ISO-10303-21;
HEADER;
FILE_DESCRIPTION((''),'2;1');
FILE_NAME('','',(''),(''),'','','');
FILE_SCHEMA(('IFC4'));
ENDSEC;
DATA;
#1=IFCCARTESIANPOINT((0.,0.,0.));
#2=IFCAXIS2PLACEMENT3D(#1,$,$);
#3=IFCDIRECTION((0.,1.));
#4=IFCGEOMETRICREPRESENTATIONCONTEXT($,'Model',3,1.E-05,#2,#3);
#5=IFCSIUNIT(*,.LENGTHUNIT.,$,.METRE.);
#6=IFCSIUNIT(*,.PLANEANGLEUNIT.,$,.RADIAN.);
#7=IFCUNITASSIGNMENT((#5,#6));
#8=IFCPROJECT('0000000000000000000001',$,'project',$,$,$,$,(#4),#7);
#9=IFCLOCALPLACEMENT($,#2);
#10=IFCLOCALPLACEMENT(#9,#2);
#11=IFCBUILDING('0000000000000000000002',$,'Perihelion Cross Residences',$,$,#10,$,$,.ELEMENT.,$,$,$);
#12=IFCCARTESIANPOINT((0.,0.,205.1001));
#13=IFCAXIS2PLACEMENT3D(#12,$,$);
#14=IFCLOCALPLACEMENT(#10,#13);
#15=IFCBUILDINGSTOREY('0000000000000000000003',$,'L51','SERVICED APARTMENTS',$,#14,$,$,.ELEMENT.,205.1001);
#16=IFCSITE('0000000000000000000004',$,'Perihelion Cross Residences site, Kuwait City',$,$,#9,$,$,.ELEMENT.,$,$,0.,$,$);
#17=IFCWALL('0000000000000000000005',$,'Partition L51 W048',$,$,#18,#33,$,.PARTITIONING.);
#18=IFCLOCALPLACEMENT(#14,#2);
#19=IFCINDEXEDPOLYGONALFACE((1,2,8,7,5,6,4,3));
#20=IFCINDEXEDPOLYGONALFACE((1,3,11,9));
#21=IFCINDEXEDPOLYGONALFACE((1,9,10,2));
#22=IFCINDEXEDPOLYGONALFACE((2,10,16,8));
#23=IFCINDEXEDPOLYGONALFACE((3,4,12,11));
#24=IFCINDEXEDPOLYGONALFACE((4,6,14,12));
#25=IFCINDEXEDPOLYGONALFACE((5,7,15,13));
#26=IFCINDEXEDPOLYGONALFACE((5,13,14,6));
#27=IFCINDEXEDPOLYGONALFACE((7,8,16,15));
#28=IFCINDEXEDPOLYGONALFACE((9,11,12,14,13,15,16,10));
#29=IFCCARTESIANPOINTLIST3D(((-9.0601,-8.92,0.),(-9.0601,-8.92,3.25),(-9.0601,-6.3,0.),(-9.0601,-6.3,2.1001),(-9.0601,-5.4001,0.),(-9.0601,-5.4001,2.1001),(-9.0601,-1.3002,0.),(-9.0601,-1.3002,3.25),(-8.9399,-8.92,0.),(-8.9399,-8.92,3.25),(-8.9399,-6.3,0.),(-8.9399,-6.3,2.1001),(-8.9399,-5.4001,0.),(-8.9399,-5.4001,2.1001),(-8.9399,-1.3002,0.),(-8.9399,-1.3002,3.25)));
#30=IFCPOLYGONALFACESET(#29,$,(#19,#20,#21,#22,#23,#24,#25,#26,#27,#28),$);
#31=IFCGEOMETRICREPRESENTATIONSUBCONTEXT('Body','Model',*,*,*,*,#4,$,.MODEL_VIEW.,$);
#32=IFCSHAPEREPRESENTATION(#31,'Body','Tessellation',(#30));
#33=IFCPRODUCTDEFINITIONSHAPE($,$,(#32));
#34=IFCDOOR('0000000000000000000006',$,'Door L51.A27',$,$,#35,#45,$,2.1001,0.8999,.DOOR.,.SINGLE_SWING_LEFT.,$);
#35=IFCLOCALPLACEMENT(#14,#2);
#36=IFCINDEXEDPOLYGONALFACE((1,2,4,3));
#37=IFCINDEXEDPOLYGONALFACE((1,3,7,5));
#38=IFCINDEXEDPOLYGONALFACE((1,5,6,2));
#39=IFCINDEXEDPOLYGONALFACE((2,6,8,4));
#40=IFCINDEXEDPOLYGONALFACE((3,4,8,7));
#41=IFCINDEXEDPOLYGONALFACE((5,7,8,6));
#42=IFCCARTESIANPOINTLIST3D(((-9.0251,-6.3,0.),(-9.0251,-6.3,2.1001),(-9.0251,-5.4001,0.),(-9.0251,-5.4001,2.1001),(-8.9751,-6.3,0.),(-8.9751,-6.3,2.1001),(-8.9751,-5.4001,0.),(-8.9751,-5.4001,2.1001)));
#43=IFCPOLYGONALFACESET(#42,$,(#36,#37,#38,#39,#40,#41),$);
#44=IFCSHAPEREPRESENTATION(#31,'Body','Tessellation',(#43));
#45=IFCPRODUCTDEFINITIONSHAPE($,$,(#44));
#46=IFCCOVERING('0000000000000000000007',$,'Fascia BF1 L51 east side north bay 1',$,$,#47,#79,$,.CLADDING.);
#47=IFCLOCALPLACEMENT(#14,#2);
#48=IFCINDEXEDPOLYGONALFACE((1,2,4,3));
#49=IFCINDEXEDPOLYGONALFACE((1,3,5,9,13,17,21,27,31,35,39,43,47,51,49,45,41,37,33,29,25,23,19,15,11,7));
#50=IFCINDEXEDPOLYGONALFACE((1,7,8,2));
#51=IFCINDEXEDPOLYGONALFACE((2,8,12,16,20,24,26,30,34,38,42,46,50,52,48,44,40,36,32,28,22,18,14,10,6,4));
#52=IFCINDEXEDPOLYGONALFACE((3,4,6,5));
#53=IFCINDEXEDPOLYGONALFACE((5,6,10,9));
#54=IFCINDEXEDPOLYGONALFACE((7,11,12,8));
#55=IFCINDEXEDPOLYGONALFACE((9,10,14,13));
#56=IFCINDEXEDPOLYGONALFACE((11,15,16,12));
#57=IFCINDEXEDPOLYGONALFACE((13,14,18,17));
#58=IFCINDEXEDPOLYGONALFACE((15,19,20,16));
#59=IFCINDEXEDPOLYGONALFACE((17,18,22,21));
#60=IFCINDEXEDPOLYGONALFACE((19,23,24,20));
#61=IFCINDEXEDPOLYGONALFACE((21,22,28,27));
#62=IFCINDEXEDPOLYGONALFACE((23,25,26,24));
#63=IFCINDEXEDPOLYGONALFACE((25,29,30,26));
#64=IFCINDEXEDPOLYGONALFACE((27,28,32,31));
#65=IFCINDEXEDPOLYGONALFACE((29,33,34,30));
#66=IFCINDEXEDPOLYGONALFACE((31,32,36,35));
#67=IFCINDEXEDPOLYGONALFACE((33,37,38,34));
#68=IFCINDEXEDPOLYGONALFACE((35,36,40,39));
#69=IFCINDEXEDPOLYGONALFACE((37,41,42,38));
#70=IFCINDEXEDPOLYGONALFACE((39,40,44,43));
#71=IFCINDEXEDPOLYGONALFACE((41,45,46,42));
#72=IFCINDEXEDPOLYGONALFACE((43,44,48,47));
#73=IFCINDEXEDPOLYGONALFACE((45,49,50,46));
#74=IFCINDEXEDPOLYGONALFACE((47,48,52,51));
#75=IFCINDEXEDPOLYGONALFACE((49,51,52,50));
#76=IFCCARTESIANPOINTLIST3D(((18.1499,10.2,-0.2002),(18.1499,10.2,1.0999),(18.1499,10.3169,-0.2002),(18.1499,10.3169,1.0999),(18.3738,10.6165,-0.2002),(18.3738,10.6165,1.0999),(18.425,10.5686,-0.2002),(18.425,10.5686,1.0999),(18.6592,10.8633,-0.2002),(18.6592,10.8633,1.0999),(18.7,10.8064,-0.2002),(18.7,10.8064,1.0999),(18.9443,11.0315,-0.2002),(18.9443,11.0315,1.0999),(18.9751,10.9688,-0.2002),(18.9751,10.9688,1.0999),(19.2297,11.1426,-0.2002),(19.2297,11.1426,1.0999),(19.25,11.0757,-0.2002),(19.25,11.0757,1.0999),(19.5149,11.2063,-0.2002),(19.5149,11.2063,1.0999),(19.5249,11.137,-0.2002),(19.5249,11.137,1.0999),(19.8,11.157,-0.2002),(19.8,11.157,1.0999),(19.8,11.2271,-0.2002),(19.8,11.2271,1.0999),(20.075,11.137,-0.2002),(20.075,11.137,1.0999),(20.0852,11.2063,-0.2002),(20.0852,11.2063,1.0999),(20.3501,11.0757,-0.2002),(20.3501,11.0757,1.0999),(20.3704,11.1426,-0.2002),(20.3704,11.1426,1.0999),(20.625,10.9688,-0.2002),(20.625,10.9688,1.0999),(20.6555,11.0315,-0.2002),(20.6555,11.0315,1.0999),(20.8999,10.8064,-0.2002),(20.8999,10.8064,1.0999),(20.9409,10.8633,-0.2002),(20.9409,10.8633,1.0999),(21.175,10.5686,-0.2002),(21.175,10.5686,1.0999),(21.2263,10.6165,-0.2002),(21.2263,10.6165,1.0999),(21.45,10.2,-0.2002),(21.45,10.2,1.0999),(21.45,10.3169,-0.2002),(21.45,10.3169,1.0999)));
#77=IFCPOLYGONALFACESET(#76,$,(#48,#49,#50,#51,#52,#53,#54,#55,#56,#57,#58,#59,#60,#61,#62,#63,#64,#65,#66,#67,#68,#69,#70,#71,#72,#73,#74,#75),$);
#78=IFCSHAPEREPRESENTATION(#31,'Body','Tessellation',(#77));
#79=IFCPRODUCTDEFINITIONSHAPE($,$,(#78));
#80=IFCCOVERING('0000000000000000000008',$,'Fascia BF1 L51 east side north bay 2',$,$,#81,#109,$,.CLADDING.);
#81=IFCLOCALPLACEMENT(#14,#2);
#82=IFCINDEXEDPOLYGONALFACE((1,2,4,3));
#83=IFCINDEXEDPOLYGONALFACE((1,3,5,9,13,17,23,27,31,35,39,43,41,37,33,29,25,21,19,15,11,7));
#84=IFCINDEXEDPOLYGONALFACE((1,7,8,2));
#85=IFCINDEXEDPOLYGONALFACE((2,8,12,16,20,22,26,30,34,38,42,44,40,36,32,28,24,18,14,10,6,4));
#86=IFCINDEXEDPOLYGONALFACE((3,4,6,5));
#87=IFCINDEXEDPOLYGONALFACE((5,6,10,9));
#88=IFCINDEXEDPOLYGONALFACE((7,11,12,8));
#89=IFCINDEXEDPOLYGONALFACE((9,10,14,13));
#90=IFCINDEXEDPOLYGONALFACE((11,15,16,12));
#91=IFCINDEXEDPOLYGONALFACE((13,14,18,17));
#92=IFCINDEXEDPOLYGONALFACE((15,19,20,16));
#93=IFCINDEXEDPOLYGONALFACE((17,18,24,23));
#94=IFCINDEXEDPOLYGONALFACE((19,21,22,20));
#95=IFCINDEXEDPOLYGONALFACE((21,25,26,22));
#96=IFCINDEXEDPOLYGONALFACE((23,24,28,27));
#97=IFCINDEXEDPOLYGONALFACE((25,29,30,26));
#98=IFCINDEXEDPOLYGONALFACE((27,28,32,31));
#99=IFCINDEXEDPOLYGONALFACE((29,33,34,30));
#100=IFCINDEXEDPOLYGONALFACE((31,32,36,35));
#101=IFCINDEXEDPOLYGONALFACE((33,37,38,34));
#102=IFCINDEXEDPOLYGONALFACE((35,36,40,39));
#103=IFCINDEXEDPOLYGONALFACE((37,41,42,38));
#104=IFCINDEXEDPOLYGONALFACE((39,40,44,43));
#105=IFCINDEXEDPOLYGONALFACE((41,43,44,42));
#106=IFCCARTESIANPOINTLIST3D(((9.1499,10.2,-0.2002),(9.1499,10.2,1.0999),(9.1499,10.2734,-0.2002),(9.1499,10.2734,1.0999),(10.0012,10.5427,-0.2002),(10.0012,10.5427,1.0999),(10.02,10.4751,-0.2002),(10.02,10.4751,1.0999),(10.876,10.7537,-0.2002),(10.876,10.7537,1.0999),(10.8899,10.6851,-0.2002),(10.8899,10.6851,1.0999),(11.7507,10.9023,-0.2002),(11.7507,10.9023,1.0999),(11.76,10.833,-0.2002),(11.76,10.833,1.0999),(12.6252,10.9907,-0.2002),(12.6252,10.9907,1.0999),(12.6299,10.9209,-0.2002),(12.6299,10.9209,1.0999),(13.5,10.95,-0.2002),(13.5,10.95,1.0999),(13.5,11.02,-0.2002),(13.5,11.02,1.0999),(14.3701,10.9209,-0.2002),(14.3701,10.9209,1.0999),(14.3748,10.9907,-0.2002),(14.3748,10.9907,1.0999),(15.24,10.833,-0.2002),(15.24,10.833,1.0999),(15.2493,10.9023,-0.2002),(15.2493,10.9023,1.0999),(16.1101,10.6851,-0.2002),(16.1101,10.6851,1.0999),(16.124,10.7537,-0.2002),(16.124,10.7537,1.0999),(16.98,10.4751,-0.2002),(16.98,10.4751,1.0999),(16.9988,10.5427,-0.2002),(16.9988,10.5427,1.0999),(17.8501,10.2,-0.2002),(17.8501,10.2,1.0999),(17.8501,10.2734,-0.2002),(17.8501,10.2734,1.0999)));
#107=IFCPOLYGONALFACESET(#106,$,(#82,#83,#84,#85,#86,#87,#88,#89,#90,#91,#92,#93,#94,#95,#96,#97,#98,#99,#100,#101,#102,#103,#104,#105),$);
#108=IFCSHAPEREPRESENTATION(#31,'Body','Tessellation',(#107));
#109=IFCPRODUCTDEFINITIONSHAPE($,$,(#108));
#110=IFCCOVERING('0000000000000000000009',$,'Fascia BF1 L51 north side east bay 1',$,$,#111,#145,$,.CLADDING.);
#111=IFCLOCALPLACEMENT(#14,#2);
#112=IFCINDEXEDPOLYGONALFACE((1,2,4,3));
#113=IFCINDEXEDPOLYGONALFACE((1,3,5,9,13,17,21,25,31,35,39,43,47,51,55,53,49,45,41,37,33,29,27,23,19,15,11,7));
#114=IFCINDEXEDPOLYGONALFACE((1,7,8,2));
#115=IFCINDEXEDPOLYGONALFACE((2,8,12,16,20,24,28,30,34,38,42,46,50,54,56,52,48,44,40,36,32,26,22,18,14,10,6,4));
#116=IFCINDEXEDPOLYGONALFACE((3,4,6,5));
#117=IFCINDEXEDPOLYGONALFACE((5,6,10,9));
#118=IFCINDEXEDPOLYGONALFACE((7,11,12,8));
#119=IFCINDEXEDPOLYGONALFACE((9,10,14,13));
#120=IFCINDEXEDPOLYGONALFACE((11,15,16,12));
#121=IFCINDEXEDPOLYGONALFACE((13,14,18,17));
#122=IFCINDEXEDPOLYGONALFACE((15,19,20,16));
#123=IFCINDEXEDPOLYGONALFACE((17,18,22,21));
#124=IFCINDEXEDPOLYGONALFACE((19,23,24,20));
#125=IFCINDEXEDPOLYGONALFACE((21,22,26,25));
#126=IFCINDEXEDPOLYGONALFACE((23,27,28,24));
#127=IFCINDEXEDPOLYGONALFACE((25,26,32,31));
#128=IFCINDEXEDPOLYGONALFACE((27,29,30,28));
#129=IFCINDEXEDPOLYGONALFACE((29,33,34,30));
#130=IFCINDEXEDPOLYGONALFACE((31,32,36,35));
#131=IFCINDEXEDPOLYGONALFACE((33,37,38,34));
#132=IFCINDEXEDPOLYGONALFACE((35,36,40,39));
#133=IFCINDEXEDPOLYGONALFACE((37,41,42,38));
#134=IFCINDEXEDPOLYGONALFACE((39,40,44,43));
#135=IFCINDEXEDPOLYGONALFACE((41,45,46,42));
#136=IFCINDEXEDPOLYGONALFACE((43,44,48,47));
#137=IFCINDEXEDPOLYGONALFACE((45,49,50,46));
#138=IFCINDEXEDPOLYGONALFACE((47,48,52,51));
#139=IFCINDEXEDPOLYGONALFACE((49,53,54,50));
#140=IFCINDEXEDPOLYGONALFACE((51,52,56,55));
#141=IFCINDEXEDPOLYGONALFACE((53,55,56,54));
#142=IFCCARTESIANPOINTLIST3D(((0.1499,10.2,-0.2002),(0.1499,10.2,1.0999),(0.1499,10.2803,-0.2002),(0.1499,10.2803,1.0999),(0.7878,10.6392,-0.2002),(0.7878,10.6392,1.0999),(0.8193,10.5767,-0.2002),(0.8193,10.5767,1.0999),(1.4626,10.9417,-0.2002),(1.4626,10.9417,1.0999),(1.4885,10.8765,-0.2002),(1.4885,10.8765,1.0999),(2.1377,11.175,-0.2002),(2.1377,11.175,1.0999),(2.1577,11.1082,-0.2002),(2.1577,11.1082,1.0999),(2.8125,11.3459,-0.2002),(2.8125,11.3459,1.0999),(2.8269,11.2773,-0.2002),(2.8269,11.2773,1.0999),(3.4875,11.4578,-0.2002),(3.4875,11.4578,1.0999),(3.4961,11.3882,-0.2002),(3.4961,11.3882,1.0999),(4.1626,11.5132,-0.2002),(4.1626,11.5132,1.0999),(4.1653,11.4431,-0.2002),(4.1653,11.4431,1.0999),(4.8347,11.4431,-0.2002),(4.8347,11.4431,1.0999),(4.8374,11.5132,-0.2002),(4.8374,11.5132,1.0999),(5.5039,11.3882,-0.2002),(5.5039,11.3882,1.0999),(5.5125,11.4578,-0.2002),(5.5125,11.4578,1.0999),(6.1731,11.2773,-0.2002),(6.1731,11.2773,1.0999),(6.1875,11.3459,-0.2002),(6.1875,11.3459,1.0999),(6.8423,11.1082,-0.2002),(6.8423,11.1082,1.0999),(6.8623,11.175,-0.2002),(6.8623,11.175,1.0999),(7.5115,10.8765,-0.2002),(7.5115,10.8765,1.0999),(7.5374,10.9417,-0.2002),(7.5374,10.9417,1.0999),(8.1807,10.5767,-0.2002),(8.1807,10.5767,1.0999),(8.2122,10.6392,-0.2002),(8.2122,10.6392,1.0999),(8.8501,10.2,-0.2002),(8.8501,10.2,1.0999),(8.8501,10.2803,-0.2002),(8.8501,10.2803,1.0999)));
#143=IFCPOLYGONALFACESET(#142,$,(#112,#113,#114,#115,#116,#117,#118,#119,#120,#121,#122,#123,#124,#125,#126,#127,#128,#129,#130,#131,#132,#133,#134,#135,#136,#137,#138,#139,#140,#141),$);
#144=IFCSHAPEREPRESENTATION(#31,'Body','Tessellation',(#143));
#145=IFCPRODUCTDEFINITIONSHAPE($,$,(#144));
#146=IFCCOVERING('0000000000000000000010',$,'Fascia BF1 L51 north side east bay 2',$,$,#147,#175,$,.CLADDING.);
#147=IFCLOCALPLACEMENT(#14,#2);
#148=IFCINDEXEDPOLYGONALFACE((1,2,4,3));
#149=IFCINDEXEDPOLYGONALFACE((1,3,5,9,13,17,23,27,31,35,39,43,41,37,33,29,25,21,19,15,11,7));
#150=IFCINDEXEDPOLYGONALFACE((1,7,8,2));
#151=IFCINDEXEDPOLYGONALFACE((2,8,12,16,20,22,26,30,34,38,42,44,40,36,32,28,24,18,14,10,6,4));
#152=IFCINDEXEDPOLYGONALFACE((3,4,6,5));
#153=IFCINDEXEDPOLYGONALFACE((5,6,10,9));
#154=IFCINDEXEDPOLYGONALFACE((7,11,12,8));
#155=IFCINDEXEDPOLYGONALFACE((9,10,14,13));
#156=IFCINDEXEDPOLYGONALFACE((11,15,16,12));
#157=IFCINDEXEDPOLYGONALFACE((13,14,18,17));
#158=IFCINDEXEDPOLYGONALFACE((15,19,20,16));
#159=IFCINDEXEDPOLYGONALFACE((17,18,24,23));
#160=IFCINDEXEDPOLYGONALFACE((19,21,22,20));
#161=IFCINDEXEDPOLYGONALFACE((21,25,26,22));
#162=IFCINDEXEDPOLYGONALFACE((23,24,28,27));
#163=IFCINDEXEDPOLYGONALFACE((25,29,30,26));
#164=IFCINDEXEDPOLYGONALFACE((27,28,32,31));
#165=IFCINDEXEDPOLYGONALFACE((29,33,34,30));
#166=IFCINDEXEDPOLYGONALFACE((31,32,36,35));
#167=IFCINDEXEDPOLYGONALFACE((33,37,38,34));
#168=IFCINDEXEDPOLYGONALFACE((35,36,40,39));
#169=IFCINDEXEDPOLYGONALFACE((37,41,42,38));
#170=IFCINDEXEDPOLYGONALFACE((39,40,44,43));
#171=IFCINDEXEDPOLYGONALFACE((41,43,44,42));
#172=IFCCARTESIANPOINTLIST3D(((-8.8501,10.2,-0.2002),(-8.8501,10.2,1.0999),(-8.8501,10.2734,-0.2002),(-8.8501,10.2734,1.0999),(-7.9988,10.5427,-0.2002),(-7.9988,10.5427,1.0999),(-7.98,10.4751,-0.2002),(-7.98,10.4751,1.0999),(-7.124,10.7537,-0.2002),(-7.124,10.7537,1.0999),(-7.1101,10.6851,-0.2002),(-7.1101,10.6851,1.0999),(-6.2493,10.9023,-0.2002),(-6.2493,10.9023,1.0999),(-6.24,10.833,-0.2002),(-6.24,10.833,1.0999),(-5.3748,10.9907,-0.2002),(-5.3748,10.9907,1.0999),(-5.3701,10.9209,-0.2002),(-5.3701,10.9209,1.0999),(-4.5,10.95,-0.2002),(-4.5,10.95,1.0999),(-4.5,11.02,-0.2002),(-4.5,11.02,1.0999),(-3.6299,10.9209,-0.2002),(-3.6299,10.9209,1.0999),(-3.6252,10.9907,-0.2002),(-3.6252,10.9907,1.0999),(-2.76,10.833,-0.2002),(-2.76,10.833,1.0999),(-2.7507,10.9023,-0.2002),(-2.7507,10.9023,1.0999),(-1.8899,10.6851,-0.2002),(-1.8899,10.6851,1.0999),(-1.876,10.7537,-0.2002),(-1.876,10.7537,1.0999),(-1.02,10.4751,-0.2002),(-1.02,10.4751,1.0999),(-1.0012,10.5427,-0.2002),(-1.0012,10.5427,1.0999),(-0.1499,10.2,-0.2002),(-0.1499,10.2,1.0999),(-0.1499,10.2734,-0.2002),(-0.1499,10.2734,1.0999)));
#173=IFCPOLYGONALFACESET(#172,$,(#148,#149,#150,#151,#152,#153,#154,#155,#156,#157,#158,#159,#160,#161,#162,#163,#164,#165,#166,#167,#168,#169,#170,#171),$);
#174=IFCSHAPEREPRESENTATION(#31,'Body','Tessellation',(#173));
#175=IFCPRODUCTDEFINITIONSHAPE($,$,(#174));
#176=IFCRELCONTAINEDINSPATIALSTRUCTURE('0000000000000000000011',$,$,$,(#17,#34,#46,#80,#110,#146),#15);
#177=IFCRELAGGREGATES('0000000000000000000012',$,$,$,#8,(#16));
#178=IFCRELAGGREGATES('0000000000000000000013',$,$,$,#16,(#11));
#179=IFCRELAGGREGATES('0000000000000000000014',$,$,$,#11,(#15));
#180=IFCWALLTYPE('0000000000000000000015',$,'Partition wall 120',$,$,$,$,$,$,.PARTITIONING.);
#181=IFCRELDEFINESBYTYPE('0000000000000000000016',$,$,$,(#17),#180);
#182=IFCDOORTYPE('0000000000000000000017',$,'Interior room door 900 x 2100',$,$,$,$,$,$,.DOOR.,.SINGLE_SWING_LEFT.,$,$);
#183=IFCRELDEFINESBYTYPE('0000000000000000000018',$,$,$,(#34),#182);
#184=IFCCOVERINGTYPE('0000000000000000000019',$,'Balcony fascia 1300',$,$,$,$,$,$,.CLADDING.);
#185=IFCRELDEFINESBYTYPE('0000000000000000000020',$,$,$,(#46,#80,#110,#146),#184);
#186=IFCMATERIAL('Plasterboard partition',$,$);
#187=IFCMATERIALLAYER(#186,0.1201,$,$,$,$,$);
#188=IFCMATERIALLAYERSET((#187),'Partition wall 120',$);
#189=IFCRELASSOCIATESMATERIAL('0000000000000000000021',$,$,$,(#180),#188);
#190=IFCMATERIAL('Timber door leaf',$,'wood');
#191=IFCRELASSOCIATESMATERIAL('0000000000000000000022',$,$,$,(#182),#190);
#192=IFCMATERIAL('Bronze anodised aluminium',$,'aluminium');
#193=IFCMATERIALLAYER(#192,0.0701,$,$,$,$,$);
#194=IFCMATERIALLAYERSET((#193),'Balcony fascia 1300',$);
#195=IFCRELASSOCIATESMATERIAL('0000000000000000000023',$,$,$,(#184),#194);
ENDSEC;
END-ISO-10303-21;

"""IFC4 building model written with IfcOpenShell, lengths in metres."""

from ifc_helpers import new_model, si_unit, direction, frame, frame_2d, origin, place, context, subcontext, project, spatial, polyline, rectangle, outline, extrude, material, layer, layer_set, type_object, element, fill, save


model = new_model("IFC4")

# Units and contexts
model_context = context("Model", 3, precision=1e-05, world=origin(), true_north=direction((0.0, 1.0)))
body_context = subcontext(model_context, "Body", "Model", "MODEL_VIEW")
ifc_project = project(units=[si_unit("LENGTHUNIT", "METRE"), si_unit("PLANEANGLEUNIT", "RADIAN")], contexts=[model_context])

# Site, building, storey
site_placement = place(None, origin())
site = spatial("IfcSite", under=ifc_project, at=site_placement, Name="Perihelion Cross Residences site, Kuwait City", CompositionType="ELEMENT", RefElevation=0.0)
building_placement = place(site_placement, origin())
building = spatial("IfcBuilding", under=site, at=building_placement, Name="Perihelion Cross Residences", CompositionType="ELEMENT")
storey_placement = place(building_placement, frame((0.0, 0.0, 205.1001)))
storey = spatial("IfcBuildingStorey", under=building, at=storey_placement, Name="L51", Description="SERVICED APARTMENTS", CompositionType="ELEMENT", Elevation=205.1001)

# Wall, opening, door
ifc_material_1 = material(Name="Plasterboard partition")
ifc_layer_1 = layer(ifc_material_1, 0.1201)
ifc_layer_set_1 = layer_set([ifc_layer_1], Name="Partition wall 120")
wall_type_1 = type_object("IfcWallType", Name="Partition wall 120", PredefinedType="PARTITIONING", material=ifc_layer_set_1)
wall_1_placement = place(storey_placement, frame((-9.0, -1.3, 0.0), z_axis=(0.0, 0.0, 1.0), x_axis=(0.0, -1.0, 0.0)))
wall_1 = element("IfcWall", 1, at=wall_1_placement, inside=storey, type_object=wall_type_1, Name="Partition L51 W048", PredefinedType="PARTITIONING", context=body_context, shape_type="SweptSolid", body=[
    extrude(rectangle(XDim=7.6199, YDim=0.1201, at=frame_2d((3.8101, 0.0))), origin(), (0.0, 0.0, 1.0), 3.25),
])
opening_1_placement = place(wall_1_placement, frame((4.1001, 0.0, 0.0)))
opening_1 = element("IfcOpeningElement", 2, at=opening_1_placement, cuts=wall_1, PredefinedType="OPENING", context=body_context, shape_type="SweptSolid", body=[
    extrude(rectangle(XDim=0.8999, YDim=2.1001, at=frame_2d((0.45, 1.05))), frame((0.0, 0.0701, 0.0), z_axis=(0.0, -1.0, 0.0), x_axis=(1.0, 0.0, 0.0)), (0.0, 0.0, 1.0), 0.1401),
])
ifc_material_2 = material(Name="Timber door leaf", Category="wood")
door_type_1 = type_object("IfcDoorType", Name="Interior room door 900 x 2100", OperationType="SINGLE_SWING_LEFT", PredefinedType="DOOR", material=ifc_material_2)
door_1_placement = place(opening_1_placement, origin())
door_1 = element("IfcDoor", 3, at=door_1_placement, inside=storey, type_object=door_type_1, Name="Door L51.A27", OperationType="SINGLE_SWING_LEFT", OverallHeight=2.1001, OverallWidth=0.8999, PredefinedType="DOOR", context=body_context, shape_type="SweptSolid", body=[
    extrude(rectangle(XDim=0.8999, YDim=2.1001, at=frame_2d((0.45, 1.05))), frame((0.0, 0.0249, 0.0), z_axis=(0.0, -1.0, 0.0), x_axis=(1.0, 0.0, 0.0)), (0.0, 0.0, 1.0), 0.05),
])
fill(opening_1, door_1)

# Coverings
ifc_material_3 = material(Name="Bronze anodised aluminium", Category="aluminium")
ifc_layer_2 = layer(ifc_material_3, 0.0701)
ifc_layer_set_2 = layer_set([ifc_layer_2], Name="Balcony fascia 1300")
covering_type = type_object("IfcCoveringType", Name="Balcony fascia 1300", PredefinedType="CLADDING", material=ifc_layer_set_2)
covering_1_placement = place(storey_placement, frame((0.0, 0.0, -0.2002)))
element("IfcCovering", 4, at=covering_1_placement, inside=storey, type_object=covering_type, Name="Fascia BF1 L51 east side north bay 1", PredefinedType="CLADDING", context=body_context, shape_type="SweptSolid", body=[
    extrude(outline(polyline([(21.2263, 10.6165), (20.9409, 10.8633), (20.6555, 11.0315), (20.3704, 11.1426), (20.0852, 11.2063), (19.8, 11.2271), (19.5149, 11.2063), (19.2297, 11.1426), (18.9443, 11.0315), (18.6592, 10.8633), (18.3738, 10.6165), (18.1499, 10.3169), (18.1499, 10.2), (18.425, 10.5686), (18.7, 10.8064), (18.9751, 10.9688), (19.25, 11.0757), (19.5249, 11.137), (19.8, 11.157), (20.075, 11.137), (20.3501, 11.0757), (20.625, 10.9688), (20.8999, 10.8064), (21.175, 10.5686), (21.45, 10.2), (21.45, 10.3169), (21.2263, 10.6165)])), origin(), (0.0, 0.0, 1.0), 1.3),
])
covering_2_placement = place(storey_placement, frame((0.0, 0.0, -0.2002)))
element("IfcCovering", 5, at=covering_2_placement, inside=storey, type_object=covering_type, Name="Fascia BF1 L51 east side north bay 2", PredefinedType="CLADDING", context=body_context, shape_type="SweptSolid", body=[
    extrude(outline(polyline([(16.9988, 10.5427), (16.124, 10.7537), (15.2493, 10.9023), (14.3748, 10.9907), (13.5, 11.02), (12.6252, 10.9907), (11.7507, 10.9023), (10.876, 10.7537), (10.0012, 10.5427), (9.1499, 10.2734), (9.1499, 10.2), (10.02, 10.4751), (10.8899, 10.6851), (11.76, 10.833), (12.6299, 10.9209), (13.5, 10.95), (14.3701, 10.9209), (15.24, 10.833), (16.1101, 10.6851), (16.98, 10.4751), (17.8501, 10.2), (17.8501, 10.2734), (16.9988, 10.5427)])), origin(), (0.0, 0.0, 1.0), 1.3),
])
covering_3_placement = place(storey_placement, frame((0.0, 0.0, -0.2002)))
element("IfcCovering", 6, at=covering_3_placement, inside=storey, type_object=covering_type, Name="Fascia BF1 L51 north side east bay 1", PredefinedType="CLADDING", context=body_context, shape_type="SweptSolid", body=[
    extrude(outline(polyline([(8.2122, 10.6392), (7.5374, 10.9417), (6.8623, 11.175), (6.1875, 11.3459), (5.5125, 11.4578), (4.8374, 11.5132), (4.1626, 11.5132), (3.4875, 11.4578), (2.8125, 11.3459), (2.1377, 11.175), (1.4626, 10.9417), (0.7878, 10.6392), (0.1499, 10.2803), (0.1499, 10.2), (0.8193, 10.5767), (1.4885, 10.8765), (2.1577, 11.1082), (2.8269, 11.2773), (3.4961, 11.3882), (4.1653, 11.4431), (4.8347, 11.4431), (5.5039, 11.3882), (6.1731, 11.2773), (6.8423, 11.1082), (7.5115, 10.8765), (8.1807, 10.5767), (8.8501, 10.2), (8.8501, 10.2803), (8.2122, 10.6392)])), origin(), (0.0, 0.0, 1.0), 1.3),
])
covering_4_placement = place(storey_placement, frame((0.0, 0.0, -0.2002)))
element("IfcCovering", 7, at=covering_4_placement, inside=storey, type_object=covering_type, Name="Fascia BF1 L51 north side east bay 2", PredefinedType="CLADDING", context=body_context, shape_type="SweptSolid", body=[
    extrude(outline(polyline([(-1.0012, 10.5427), (-1.876, 10.7537), (-2.7507, 10.9023), (-3.6252, 10.9907), (-4.5, 11.02), (-5.3748, 10.9907), (-6.2493, 10.9023), (-7.124, 10.7537), (-7.9988, 10.5427), (-8.8501, 10.2734), (-8.8501, 10.2), (-7.98, 10.4751), (-7.1101, 10.6851), (-6.24, 10.833), (-5.3701, 10.9209), (-4.5, 10.95), (-3.6299, 10.9209), (-2.76, 10.833), (-1.8899, 10.6851), (-1.02, 10.4751), (-0.1499, 10.2), (-0.1499, 10.2734), (-1.0012, 10.5427)])), origin(), (0.0, 0.0, 1.0), 1.3),
])

save(model, "model.ifc")
